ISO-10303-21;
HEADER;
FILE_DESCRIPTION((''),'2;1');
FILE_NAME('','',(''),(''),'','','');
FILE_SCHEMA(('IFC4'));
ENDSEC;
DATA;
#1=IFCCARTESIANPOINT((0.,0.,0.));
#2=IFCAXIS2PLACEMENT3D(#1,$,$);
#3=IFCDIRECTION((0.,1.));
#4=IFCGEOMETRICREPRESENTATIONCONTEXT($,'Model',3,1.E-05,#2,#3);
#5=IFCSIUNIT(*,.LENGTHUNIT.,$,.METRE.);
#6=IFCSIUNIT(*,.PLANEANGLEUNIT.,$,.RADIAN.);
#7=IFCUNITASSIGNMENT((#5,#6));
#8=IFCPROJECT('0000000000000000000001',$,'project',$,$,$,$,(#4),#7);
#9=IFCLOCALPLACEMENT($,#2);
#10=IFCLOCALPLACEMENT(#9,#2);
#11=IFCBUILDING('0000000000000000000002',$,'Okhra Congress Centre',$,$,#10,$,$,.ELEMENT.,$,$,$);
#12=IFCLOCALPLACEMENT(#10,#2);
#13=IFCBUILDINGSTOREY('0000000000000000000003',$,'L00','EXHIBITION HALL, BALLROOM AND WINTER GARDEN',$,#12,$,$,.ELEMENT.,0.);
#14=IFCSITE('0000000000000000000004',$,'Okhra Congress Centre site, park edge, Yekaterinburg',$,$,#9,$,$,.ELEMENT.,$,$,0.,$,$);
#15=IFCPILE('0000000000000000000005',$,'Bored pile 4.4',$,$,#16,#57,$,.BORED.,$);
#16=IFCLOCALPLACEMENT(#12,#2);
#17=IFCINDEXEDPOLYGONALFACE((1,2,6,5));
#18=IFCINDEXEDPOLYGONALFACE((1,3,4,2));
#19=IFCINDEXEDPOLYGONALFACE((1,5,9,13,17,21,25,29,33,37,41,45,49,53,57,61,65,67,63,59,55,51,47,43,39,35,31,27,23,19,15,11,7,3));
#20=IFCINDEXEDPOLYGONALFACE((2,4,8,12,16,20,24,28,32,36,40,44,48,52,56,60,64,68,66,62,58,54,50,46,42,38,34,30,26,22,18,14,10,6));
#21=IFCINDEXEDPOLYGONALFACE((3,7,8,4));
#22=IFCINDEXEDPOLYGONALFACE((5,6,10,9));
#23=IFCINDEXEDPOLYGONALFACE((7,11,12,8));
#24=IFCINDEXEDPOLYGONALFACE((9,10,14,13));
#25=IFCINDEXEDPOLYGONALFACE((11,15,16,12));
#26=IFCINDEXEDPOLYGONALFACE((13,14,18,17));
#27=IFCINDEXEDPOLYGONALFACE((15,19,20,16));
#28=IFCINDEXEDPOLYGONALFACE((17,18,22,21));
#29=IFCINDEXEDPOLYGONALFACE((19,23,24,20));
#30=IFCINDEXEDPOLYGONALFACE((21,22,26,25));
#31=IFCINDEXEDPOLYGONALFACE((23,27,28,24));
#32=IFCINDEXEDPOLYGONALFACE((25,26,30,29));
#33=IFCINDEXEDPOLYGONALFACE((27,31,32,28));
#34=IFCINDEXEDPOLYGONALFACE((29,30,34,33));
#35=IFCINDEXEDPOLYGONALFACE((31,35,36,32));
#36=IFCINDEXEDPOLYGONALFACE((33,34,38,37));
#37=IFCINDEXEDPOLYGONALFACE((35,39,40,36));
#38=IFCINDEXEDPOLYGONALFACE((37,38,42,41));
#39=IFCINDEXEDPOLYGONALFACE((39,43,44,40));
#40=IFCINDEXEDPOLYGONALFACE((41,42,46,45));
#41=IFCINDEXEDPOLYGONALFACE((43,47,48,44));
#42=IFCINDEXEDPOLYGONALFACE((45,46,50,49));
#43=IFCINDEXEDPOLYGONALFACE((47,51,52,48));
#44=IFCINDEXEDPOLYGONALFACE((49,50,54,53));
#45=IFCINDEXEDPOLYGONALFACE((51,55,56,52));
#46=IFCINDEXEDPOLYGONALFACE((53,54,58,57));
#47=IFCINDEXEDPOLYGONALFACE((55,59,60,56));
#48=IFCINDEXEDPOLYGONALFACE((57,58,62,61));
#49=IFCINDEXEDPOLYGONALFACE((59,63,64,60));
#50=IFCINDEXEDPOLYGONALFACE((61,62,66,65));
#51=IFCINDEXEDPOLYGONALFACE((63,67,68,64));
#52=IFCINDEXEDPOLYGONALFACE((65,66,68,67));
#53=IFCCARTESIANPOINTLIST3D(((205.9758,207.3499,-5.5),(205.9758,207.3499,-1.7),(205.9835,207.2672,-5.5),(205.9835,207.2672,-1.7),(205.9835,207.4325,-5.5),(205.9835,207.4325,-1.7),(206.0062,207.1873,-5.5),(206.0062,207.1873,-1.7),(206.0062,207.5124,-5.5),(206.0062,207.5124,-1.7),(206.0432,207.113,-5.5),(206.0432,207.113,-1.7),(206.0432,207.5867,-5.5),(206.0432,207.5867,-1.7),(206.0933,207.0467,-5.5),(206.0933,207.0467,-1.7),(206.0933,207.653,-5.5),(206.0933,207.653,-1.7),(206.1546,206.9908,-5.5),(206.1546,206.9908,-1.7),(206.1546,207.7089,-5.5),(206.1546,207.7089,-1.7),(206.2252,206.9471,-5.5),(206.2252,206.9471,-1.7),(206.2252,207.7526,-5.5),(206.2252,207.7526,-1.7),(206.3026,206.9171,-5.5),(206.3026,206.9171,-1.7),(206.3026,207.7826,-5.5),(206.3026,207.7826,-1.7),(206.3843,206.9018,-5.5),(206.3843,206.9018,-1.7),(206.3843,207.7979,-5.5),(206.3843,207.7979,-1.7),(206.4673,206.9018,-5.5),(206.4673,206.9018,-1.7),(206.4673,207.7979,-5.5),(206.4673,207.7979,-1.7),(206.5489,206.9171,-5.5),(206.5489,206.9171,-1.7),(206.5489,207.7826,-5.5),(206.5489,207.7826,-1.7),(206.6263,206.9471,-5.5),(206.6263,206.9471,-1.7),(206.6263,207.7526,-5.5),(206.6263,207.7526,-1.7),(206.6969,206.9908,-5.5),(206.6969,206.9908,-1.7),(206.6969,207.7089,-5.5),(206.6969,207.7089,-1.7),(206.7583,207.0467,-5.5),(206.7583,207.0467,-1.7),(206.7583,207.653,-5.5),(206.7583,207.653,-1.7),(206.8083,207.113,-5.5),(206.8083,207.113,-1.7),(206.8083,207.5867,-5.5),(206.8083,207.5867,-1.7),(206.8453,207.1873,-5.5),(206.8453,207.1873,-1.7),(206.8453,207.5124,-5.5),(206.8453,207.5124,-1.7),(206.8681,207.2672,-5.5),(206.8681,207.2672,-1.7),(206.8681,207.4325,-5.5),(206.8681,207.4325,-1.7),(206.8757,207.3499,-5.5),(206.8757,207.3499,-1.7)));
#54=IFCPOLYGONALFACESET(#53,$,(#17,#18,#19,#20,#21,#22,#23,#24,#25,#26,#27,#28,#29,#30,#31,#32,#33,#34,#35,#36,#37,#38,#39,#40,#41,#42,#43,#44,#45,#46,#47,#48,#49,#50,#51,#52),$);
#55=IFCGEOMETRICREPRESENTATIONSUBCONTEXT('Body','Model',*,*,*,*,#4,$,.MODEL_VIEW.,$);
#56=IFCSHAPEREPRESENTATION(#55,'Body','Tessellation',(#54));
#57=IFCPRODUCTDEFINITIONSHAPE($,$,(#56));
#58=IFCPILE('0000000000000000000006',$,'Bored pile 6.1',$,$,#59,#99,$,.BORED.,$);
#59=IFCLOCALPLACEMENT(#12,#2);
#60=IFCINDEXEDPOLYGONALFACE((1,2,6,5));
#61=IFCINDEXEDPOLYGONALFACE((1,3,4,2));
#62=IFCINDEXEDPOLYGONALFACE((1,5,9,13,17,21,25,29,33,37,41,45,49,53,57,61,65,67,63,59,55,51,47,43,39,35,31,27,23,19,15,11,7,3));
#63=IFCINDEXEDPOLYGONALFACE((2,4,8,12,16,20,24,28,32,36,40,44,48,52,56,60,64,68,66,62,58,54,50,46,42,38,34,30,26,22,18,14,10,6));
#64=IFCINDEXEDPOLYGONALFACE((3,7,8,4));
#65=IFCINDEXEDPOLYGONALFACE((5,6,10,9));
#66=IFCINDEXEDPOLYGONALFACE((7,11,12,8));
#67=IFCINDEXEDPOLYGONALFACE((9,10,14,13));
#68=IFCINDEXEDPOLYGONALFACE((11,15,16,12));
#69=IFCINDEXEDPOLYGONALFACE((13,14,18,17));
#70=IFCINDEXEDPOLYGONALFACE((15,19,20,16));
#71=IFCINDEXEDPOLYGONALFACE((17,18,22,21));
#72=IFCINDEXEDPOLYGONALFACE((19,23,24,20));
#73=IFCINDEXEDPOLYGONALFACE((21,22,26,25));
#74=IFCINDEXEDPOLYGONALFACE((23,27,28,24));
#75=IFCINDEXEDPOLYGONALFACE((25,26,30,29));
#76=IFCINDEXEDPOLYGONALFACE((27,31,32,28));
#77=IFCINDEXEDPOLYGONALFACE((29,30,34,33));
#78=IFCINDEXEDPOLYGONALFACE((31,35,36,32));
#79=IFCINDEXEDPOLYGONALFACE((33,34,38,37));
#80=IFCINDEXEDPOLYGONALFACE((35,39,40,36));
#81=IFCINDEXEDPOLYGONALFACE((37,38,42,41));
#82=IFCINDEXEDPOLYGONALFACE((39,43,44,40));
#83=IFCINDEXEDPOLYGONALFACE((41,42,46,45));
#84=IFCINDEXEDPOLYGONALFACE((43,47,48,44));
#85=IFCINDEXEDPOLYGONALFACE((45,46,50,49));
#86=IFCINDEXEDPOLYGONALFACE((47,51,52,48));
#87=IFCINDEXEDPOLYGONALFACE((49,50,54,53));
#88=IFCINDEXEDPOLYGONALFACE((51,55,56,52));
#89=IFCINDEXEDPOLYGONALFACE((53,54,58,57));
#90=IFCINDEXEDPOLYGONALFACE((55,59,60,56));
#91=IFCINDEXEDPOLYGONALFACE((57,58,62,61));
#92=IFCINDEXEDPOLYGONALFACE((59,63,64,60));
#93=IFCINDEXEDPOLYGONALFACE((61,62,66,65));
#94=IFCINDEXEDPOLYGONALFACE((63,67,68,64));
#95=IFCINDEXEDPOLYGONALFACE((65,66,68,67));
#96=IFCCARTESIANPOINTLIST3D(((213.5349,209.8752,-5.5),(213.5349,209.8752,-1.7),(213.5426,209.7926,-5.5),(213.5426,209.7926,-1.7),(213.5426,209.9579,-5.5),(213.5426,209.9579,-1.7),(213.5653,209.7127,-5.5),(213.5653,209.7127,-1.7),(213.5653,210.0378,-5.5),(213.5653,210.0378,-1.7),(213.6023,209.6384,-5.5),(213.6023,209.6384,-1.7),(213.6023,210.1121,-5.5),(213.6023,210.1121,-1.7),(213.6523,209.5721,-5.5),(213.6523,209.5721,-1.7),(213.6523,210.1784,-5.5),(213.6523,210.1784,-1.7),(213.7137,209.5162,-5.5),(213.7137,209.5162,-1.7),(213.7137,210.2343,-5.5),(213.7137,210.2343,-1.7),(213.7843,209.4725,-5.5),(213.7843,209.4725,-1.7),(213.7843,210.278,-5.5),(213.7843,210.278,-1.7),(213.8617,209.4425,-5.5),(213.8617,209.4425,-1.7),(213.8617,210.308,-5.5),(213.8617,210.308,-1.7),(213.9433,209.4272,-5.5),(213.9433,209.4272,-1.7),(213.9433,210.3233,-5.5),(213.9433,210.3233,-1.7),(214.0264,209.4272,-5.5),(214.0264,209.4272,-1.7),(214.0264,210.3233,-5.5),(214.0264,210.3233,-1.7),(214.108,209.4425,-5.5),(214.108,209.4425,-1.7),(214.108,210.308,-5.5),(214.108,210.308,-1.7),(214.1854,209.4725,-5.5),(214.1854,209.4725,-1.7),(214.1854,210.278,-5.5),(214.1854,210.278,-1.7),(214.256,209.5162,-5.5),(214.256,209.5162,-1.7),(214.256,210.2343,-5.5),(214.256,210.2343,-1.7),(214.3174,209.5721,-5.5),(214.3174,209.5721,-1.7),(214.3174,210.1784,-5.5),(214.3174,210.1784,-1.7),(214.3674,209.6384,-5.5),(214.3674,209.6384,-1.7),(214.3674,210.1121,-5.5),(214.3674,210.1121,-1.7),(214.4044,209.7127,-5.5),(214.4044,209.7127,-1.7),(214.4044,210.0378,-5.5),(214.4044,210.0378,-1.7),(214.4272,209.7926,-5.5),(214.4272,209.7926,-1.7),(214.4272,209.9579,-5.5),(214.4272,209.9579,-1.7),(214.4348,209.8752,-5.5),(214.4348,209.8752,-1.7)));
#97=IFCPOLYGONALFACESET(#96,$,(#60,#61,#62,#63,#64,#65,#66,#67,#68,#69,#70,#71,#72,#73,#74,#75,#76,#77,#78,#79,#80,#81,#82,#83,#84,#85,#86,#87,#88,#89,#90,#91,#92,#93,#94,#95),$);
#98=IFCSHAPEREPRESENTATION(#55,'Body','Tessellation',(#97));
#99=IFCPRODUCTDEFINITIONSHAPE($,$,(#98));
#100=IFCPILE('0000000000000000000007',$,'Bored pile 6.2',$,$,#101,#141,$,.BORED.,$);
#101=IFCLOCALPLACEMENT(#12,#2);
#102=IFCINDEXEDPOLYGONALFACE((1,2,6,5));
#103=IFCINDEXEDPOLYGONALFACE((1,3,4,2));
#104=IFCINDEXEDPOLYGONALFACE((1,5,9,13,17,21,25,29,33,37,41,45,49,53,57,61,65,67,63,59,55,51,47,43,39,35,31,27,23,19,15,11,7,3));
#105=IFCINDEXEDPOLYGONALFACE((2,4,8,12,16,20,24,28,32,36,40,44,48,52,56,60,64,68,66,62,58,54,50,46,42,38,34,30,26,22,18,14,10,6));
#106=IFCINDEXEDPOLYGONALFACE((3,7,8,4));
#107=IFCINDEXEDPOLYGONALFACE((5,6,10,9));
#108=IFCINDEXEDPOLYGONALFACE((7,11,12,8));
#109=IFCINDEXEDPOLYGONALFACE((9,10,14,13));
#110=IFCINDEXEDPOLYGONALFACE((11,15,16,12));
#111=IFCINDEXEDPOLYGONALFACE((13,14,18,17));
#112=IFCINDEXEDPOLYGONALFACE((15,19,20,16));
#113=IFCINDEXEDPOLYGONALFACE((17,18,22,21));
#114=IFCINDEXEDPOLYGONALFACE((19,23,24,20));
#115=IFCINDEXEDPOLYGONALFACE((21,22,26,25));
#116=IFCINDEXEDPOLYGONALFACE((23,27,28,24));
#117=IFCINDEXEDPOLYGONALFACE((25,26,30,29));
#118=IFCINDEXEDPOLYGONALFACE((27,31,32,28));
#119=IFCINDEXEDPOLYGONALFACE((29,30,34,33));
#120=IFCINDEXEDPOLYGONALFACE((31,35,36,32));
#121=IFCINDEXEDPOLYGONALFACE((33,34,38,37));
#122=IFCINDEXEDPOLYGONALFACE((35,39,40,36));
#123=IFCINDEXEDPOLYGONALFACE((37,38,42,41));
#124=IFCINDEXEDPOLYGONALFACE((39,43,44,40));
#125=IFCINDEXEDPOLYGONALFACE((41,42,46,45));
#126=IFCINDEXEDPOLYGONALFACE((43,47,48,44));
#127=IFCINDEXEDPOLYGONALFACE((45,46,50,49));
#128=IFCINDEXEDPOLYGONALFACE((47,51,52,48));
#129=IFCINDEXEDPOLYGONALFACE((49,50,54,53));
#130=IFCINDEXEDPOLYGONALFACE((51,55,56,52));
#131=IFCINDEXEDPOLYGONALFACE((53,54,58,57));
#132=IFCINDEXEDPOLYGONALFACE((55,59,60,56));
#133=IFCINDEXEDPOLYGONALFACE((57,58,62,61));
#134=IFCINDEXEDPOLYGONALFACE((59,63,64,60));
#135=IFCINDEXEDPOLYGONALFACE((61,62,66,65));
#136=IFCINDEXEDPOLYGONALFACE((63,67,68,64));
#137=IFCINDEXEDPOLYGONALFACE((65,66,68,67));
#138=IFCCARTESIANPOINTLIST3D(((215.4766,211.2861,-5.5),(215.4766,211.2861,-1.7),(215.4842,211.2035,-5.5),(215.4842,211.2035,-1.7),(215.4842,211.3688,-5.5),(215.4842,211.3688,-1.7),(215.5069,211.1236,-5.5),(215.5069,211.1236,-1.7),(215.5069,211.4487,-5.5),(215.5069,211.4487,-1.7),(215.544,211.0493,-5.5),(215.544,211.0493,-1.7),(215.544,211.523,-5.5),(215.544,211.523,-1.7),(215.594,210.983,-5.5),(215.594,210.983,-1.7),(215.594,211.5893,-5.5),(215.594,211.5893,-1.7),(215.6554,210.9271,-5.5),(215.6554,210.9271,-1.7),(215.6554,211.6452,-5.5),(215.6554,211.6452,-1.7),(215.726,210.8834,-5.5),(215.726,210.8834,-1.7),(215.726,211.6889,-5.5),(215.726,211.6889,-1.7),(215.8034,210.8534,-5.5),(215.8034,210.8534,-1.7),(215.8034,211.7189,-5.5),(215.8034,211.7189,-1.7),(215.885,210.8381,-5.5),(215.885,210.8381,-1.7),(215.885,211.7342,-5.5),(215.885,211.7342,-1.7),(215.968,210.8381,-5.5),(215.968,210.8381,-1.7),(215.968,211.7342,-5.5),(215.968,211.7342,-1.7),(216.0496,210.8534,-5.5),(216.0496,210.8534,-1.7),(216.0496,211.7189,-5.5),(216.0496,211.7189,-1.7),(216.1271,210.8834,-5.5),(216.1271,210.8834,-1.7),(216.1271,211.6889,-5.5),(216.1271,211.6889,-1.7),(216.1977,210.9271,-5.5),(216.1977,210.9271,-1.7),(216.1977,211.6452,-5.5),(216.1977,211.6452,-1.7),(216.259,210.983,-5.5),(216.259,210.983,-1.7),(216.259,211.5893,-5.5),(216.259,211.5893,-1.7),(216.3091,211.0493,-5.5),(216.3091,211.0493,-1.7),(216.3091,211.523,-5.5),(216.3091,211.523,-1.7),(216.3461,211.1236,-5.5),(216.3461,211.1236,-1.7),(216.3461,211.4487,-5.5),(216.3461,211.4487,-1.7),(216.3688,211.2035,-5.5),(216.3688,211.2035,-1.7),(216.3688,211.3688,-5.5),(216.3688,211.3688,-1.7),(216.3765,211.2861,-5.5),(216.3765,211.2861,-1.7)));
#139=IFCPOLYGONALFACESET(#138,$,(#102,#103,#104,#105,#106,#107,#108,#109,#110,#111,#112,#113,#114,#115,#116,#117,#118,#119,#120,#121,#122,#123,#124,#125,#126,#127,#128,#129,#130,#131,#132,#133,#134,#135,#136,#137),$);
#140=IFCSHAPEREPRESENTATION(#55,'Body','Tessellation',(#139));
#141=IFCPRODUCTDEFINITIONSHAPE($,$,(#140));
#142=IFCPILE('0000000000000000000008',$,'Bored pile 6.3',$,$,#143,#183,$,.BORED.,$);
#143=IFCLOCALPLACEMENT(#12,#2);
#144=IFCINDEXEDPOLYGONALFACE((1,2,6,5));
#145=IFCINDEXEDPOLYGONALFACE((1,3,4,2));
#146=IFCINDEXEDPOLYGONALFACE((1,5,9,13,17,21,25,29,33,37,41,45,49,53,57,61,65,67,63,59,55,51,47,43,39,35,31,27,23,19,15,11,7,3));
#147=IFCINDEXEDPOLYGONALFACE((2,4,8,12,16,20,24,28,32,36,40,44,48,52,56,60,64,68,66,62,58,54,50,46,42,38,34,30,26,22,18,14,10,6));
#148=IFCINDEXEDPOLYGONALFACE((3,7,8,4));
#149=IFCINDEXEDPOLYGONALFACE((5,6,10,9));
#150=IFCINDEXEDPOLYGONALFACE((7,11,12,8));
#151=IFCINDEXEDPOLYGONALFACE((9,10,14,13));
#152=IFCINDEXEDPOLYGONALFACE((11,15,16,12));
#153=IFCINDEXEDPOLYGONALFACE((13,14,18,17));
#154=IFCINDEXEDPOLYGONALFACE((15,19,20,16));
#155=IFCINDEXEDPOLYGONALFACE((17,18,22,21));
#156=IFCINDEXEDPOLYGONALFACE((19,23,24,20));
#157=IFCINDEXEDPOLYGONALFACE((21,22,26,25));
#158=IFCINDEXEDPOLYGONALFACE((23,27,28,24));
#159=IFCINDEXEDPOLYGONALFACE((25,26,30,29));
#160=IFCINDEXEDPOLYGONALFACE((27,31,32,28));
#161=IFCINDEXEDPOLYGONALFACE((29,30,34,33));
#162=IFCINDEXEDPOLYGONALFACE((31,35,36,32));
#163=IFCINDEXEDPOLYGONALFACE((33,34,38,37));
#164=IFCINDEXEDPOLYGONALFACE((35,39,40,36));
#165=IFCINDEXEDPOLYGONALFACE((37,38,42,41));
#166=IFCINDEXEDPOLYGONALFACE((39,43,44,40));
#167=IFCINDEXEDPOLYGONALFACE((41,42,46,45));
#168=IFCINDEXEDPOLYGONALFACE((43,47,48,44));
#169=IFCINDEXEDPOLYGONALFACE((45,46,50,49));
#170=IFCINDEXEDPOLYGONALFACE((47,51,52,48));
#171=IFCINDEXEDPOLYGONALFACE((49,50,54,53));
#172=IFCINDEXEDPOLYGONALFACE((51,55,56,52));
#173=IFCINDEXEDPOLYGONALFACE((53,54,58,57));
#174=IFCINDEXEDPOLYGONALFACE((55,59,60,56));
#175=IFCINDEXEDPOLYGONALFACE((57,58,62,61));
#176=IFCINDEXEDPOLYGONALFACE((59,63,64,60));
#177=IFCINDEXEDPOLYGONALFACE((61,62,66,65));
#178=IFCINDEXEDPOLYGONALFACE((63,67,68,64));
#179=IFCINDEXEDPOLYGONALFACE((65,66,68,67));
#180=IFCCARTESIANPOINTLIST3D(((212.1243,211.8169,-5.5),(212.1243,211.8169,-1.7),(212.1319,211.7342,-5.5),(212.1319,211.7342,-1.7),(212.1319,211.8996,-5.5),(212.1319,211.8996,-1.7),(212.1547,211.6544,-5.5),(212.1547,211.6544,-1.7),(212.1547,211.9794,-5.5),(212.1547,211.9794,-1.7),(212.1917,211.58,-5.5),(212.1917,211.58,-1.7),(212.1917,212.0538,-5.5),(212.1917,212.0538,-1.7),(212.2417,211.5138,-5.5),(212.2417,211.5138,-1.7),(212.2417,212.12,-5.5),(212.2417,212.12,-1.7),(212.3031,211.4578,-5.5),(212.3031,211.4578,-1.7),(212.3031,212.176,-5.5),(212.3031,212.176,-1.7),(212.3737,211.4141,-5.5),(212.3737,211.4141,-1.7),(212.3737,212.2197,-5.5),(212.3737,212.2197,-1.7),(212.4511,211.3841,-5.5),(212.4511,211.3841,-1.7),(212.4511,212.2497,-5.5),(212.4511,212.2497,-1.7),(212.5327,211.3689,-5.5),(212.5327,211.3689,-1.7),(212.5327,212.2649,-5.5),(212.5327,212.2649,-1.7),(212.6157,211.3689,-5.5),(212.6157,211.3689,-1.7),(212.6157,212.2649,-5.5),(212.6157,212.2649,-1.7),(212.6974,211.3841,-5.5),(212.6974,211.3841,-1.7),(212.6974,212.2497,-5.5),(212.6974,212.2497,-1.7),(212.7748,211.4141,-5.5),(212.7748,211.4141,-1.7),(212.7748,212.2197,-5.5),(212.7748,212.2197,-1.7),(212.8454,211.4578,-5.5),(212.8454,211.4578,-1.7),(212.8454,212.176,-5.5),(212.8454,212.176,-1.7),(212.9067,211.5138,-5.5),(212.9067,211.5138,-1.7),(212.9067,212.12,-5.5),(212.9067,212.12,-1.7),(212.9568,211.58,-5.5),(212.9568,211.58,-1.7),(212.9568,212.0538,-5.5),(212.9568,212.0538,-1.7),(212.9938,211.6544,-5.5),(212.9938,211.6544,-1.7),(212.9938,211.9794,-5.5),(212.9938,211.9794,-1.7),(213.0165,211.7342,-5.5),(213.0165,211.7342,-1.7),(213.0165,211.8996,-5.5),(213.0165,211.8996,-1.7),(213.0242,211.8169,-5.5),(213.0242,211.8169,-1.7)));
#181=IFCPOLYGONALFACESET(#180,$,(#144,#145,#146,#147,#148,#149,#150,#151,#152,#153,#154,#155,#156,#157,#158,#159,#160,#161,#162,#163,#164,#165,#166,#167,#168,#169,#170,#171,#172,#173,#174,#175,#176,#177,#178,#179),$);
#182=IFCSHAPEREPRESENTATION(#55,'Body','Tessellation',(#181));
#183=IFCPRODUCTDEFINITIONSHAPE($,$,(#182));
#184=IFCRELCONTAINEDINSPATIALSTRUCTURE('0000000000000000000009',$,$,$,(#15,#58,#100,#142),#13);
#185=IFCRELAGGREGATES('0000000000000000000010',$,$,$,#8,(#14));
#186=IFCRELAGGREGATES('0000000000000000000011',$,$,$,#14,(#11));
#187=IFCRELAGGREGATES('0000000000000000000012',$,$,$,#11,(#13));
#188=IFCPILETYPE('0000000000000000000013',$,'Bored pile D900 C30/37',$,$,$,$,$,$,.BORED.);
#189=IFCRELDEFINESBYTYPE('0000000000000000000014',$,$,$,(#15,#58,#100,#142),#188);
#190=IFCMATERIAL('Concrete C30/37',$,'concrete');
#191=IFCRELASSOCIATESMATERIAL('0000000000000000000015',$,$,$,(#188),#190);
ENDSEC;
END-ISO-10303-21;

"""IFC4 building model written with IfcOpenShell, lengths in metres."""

from ifc_helpers import new_model, si_unit, direction, frame, origin, origin_2d, place, context, subcontext, project, spatial, circle, extrude, material, material_profile, profile_set, type_object, element, save


model = new_model("IFC4")

# Units and contexts
model_context = context("Model", 3, precision=1e-05, world=origin(), true_north=direction((0.0, 1.0)))
body_context = subcontext(model_context, "Body", "Model", "MODEL_VIEW")
ifc_project = project(units=[si_unit("LENGTHUNIT", "METRE"), si_unit("PLANEANGLEUNIT", "RADIAN")], contexts=[model_context])

# Site, building, storey
site_placement = place(None, origin())
site = spatial("IfcSite", under=ifc_project, at=site_placement, Name="Okhra Congress Centre site, park edge, Yekaterinburg", CompositionType="ELEMENT", RefElevation=0.0)
building_placement = place(site_placement, origin())
building = spatial("IfcBuilding", under=site, at=building_placement, Name="Okhra Congress Centre", CompositionType="ELEMENT")
storey_placement = place(building_placement, origin())
storey = spatial("IfcBuildingStorey", under=building, at=storey_placement, Name="L00", Description="EXHIBITION HALL, BALLROOM AND WINTER GARDEN", CompositionType="ELEMENT", Elevation=0.0)

# Piles
ifc_material_1 = material(Name="Concrete C30/37", Category="concrete")
ifc_material_profile = material_profile(ifc_material_1, circle(Radius=0.45, at=origin_2d()), Name="D900")
ifc_profile_set = profile_set([ifc_material_profile], Name="Concrete C30/37")
pile_type = type_object("IfcPileType", Name="Bored pile D900 C30/37", PredefinedType="BORED", material=ifc_profile_set)
for number, where, z_axis, x_axis, name in (
    (1, (206.4258, 207.3499, -1.7), (0.0, 0.0, -1.0), (1.0, 0.0, 0.0), "Bored pile 4.4"),
    (2, (213.9849, 209.8752, -1.7), (0.0, 0.0, -1.0), (1.0, 0.0, 0.0), "Bored pile 6.1"),
    (3, (215.9265, 211.2861, -1.7), (0.0, 0.0, -1.0), (1.0, 0.0, 0.0), "Bored pile 6.2"),
    (4, (212.5742, 211.8169, -1.7), (0.0, 0.0, -1.0), (1.0, 0.0, 0.0), "Bored pile 6.3"),
):
    element("IfcPile", number, at=place(storey_placement, frame(where, z_axis=z_axis, x_axis=x_axis)), inside=storey, type_object=pile_type, Name=name, PredefinedType="BORED", context=body_context, shape_type="SweptSolid", body=[
        extrude(circle(Radius=0.45, at=origin_2d()), origin(), (0.0, 0.0, 1.0), 3.8),
    ])

save(model, "model.ifc")
